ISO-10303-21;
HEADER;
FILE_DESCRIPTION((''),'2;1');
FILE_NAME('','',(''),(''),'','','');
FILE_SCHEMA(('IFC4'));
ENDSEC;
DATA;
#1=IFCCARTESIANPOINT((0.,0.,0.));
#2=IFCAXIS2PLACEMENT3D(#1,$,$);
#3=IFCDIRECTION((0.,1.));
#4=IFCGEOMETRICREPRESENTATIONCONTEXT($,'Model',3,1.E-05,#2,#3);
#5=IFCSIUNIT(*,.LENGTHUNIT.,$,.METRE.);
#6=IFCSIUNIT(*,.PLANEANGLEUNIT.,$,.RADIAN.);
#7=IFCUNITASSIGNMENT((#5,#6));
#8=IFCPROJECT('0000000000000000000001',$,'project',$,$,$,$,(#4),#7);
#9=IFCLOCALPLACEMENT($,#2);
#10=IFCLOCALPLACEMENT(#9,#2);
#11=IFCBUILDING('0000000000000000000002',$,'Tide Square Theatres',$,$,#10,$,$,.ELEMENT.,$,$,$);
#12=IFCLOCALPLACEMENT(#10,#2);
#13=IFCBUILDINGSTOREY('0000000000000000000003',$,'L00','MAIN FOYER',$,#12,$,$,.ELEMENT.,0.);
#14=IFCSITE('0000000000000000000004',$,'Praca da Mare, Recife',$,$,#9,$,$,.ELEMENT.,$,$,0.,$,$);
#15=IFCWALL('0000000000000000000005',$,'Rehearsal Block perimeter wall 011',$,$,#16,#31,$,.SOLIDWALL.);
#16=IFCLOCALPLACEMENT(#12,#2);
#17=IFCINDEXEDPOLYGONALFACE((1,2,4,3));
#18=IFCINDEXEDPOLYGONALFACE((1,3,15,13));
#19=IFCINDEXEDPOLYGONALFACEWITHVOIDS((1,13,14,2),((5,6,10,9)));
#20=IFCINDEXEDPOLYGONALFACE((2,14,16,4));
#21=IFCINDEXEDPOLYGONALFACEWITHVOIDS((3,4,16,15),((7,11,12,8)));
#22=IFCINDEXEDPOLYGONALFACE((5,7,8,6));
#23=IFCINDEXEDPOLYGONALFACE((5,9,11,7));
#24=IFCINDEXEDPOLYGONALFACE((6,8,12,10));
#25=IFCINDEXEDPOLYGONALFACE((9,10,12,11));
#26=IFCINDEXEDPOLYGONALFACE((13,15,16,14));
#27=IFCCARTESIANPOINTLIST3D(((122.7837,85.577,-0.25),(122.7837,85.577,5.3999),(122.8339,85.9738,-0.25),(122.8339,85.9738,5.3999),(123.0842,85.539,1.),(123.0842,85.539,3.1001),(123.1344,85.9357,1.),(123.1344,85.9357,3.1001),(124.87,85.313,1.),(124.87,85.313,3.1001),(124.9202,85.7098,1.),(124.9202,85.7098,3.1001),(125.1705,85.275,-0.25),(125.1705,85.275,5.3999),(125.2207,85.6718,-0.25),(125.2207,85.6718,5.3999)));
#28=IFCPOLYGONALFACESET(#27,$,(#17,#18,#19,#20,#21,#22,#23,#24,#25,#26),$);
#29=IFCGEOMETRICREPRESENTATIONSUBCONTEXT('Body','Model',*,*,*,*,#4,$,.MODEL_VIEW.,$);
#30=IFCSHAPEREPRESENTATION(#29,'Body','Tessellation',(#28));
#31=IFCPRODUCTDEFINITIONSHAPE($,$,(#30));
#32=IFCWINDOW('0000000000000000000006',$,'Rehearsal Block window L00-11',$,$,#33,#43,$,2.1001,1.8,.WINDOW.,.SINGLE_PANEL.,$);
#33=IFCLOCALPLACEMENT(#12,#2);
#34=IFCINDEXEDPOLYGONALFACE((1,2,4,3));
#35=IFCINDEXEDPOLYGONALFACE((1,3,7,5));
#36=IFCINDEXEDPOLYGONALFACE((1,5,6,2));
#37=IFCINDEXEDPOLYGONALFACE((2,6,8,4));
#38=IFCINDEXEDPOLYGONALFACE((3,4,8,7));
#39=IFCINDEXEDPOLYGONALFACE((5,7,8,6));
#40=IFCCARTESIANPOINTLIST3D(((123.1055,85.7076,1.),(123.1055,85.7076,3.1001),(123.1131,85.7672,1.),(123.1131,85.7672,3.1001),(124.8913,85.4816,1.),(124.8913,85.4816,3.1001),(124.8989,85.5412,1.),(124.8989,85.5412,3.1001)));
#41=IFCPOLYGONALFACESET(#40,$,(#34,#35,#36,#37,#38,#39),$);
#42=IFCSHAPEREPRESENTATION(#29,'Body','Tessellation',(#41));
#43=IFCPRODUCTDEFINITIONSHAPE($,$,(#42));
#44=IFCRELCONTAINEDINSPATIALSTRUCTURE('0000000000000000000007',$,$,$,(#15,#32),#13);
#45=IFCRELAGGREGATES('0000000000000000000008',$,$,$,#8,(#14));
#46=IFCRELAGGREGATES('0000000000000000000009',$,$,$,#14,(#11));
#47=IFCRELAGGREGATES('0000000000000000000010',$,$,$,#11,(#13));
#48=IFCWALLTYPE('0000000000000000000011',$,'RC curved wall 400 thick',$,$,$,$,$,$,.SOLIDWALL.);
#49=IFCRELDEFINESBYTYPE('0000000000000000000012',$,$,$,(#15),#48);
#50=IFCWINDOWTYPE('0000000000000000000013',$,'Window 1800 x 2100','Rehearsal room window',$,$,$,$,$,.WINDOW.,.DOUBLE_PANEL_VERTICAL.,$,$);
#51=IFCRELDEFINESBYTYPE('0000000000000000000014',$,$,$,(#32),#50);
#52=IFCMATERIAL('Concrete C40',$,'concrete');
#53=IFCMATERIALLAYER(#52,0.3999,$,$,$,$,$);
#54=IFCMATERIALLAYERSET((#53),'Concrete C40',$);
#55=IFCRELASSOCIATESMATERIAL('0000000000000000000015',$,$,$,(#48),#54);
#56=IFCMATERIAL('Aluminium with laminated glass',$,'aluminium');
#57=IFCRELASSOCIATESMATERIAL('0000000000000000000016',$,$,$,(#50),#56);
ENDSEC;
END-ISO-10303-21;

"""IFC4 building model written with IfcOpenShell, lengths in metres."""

from ifc_helpers import new_model, si_unit, direction, frame, frame_2d, origin, place, context, subcontext, project, spatial, rectangle, extrude, material, layer, layer_set, type_object, element, fill, save


model = new_model("IFC4")

# Units and contexts
model_context = context("Model", 3, precision=1e-05, world=origin(), true_north=direction((0.0, 1.0)))
body_context = subcontext(model_context, "Body", "Model", "MODEL_VIEW")
ifc_project = project(units=[si_unit("LENGTHUNIT", "METRE"), si_unit("PLANEANGLEUNIT", "RADIAN")], contexts=[model_context])

# Site, building, storey
site_placement = place(None, origin())
site = spatial("IfcSite", under=ifc_project, at=site_placement, Name="Praca da Mare, Recife", CompositionType="ELEMENT", RefElevation=0.0)
building_placement = place(site_placement, origin())
building = spatial("IfcBuilding", under=site, at=building_placement, Name="Tide Square Theatres", CompositionType="ELEMENT")
storey_placement = place(building_placement, origin())
storey = spatial("IfcBuildingStorey", under=building, at=storey_placement, Name="L00", Description="MAIN FOYER", CompositionType="ELEMENT", Elevation=0.0)

# Shared definitions
ifc_material_1 = material(Name="Concrete C40", Category="concrete")
ifc_layer_1 = layer(ifc_material_1, 0.3999)
ifc_layer_set_1 = layer_set([ifc_layer_1], Name="Concrete C40")
wall_type_1 = type_object("IfcWallType", Name="RC curved wall 400 thick", PredefinedType="SOLIDWALL", material=ifc_layer_set_1)

# Wall, opening, window
ifc_material_2 = material(Name="Aluminium with laminated glass", Category="aluminium")
window_type_1 = type_object("IfcWindowType", Name="Window 1800 x 2100", Description="Rehearsal room window", PartitioningType="DOUBLE_PANEL_VERTICAL", PredefinedType="WINDOW", material=ifc_material_2)
wall_1_placement = place(storey_placement, frame((122.8088, 85.7754, -0.25), z_axis=(0.0, 0.0, 1.0), x_axis=(0.992089, -0.125533, 0.0)))
wall_1 = element("IfcWall", 1, at=wall_1_placement, inside=storey, type_object=wall_type_1, Name="Rehearsal Block perimeter wall 011", PredefinedType="SOLIDWALL", context=body_context, shape_type="SweptSolid", body=[
    extrude(rectangle(XDim=2.4058, YDim=0.3999, at=frame_2d((1.2029, 0.0))), origin(), (0.0, 0.0, 1.0), 5.6499),
])
opening_1_placement = place(wall_1_placement, frame((0.303, 0.0, 1.25)))
opening_1 = element("IfcOpeningElement", 2, at=opening_1_placement, cuts=wall_1, PredefinedType="OPENING", context=body_context, shape_type="SweptSolid", body=[
    extrude(rectangle(XDim=1.8, YDim=2.1001, at=frame_2d((0.8999, 1.05))), frame((0.0, 0.21, 0.0), z_axis=(0.0, -1.0, 0.0), x_axis=(1.0, 0.0, 0.0)), (0.0, 0.0, 1.0), 0.4199),
])
window_1_placement = place(opening_1_placement, origin())
window_1 = element("IfcWindow", 3, at=window_1_placement, inside=storey, type_object=window_type_1, Name="Rehearsal Block window L00-11", OverallHeight=2.1001, OverallWidth=1.8, PartitioningType="SINGLE_PANEL", PredefinedType="WINDOW", context=body_context, shape_type="SweptSolid", body=[
    extrude(rectangle(XDim=1.8, YDim=2.1001, at=frame_2d((0.8999, 1.05))), frame((0.0, 0.03, 0.0), z_axis=(0.0, -1.0, 0.0), x_axis=(1.0, 0.0, 0.0)), (0.0, 0.0, 1.0), 0.0601),
])
fill(opening_1, window_1)

save(model, "model.ifc")
